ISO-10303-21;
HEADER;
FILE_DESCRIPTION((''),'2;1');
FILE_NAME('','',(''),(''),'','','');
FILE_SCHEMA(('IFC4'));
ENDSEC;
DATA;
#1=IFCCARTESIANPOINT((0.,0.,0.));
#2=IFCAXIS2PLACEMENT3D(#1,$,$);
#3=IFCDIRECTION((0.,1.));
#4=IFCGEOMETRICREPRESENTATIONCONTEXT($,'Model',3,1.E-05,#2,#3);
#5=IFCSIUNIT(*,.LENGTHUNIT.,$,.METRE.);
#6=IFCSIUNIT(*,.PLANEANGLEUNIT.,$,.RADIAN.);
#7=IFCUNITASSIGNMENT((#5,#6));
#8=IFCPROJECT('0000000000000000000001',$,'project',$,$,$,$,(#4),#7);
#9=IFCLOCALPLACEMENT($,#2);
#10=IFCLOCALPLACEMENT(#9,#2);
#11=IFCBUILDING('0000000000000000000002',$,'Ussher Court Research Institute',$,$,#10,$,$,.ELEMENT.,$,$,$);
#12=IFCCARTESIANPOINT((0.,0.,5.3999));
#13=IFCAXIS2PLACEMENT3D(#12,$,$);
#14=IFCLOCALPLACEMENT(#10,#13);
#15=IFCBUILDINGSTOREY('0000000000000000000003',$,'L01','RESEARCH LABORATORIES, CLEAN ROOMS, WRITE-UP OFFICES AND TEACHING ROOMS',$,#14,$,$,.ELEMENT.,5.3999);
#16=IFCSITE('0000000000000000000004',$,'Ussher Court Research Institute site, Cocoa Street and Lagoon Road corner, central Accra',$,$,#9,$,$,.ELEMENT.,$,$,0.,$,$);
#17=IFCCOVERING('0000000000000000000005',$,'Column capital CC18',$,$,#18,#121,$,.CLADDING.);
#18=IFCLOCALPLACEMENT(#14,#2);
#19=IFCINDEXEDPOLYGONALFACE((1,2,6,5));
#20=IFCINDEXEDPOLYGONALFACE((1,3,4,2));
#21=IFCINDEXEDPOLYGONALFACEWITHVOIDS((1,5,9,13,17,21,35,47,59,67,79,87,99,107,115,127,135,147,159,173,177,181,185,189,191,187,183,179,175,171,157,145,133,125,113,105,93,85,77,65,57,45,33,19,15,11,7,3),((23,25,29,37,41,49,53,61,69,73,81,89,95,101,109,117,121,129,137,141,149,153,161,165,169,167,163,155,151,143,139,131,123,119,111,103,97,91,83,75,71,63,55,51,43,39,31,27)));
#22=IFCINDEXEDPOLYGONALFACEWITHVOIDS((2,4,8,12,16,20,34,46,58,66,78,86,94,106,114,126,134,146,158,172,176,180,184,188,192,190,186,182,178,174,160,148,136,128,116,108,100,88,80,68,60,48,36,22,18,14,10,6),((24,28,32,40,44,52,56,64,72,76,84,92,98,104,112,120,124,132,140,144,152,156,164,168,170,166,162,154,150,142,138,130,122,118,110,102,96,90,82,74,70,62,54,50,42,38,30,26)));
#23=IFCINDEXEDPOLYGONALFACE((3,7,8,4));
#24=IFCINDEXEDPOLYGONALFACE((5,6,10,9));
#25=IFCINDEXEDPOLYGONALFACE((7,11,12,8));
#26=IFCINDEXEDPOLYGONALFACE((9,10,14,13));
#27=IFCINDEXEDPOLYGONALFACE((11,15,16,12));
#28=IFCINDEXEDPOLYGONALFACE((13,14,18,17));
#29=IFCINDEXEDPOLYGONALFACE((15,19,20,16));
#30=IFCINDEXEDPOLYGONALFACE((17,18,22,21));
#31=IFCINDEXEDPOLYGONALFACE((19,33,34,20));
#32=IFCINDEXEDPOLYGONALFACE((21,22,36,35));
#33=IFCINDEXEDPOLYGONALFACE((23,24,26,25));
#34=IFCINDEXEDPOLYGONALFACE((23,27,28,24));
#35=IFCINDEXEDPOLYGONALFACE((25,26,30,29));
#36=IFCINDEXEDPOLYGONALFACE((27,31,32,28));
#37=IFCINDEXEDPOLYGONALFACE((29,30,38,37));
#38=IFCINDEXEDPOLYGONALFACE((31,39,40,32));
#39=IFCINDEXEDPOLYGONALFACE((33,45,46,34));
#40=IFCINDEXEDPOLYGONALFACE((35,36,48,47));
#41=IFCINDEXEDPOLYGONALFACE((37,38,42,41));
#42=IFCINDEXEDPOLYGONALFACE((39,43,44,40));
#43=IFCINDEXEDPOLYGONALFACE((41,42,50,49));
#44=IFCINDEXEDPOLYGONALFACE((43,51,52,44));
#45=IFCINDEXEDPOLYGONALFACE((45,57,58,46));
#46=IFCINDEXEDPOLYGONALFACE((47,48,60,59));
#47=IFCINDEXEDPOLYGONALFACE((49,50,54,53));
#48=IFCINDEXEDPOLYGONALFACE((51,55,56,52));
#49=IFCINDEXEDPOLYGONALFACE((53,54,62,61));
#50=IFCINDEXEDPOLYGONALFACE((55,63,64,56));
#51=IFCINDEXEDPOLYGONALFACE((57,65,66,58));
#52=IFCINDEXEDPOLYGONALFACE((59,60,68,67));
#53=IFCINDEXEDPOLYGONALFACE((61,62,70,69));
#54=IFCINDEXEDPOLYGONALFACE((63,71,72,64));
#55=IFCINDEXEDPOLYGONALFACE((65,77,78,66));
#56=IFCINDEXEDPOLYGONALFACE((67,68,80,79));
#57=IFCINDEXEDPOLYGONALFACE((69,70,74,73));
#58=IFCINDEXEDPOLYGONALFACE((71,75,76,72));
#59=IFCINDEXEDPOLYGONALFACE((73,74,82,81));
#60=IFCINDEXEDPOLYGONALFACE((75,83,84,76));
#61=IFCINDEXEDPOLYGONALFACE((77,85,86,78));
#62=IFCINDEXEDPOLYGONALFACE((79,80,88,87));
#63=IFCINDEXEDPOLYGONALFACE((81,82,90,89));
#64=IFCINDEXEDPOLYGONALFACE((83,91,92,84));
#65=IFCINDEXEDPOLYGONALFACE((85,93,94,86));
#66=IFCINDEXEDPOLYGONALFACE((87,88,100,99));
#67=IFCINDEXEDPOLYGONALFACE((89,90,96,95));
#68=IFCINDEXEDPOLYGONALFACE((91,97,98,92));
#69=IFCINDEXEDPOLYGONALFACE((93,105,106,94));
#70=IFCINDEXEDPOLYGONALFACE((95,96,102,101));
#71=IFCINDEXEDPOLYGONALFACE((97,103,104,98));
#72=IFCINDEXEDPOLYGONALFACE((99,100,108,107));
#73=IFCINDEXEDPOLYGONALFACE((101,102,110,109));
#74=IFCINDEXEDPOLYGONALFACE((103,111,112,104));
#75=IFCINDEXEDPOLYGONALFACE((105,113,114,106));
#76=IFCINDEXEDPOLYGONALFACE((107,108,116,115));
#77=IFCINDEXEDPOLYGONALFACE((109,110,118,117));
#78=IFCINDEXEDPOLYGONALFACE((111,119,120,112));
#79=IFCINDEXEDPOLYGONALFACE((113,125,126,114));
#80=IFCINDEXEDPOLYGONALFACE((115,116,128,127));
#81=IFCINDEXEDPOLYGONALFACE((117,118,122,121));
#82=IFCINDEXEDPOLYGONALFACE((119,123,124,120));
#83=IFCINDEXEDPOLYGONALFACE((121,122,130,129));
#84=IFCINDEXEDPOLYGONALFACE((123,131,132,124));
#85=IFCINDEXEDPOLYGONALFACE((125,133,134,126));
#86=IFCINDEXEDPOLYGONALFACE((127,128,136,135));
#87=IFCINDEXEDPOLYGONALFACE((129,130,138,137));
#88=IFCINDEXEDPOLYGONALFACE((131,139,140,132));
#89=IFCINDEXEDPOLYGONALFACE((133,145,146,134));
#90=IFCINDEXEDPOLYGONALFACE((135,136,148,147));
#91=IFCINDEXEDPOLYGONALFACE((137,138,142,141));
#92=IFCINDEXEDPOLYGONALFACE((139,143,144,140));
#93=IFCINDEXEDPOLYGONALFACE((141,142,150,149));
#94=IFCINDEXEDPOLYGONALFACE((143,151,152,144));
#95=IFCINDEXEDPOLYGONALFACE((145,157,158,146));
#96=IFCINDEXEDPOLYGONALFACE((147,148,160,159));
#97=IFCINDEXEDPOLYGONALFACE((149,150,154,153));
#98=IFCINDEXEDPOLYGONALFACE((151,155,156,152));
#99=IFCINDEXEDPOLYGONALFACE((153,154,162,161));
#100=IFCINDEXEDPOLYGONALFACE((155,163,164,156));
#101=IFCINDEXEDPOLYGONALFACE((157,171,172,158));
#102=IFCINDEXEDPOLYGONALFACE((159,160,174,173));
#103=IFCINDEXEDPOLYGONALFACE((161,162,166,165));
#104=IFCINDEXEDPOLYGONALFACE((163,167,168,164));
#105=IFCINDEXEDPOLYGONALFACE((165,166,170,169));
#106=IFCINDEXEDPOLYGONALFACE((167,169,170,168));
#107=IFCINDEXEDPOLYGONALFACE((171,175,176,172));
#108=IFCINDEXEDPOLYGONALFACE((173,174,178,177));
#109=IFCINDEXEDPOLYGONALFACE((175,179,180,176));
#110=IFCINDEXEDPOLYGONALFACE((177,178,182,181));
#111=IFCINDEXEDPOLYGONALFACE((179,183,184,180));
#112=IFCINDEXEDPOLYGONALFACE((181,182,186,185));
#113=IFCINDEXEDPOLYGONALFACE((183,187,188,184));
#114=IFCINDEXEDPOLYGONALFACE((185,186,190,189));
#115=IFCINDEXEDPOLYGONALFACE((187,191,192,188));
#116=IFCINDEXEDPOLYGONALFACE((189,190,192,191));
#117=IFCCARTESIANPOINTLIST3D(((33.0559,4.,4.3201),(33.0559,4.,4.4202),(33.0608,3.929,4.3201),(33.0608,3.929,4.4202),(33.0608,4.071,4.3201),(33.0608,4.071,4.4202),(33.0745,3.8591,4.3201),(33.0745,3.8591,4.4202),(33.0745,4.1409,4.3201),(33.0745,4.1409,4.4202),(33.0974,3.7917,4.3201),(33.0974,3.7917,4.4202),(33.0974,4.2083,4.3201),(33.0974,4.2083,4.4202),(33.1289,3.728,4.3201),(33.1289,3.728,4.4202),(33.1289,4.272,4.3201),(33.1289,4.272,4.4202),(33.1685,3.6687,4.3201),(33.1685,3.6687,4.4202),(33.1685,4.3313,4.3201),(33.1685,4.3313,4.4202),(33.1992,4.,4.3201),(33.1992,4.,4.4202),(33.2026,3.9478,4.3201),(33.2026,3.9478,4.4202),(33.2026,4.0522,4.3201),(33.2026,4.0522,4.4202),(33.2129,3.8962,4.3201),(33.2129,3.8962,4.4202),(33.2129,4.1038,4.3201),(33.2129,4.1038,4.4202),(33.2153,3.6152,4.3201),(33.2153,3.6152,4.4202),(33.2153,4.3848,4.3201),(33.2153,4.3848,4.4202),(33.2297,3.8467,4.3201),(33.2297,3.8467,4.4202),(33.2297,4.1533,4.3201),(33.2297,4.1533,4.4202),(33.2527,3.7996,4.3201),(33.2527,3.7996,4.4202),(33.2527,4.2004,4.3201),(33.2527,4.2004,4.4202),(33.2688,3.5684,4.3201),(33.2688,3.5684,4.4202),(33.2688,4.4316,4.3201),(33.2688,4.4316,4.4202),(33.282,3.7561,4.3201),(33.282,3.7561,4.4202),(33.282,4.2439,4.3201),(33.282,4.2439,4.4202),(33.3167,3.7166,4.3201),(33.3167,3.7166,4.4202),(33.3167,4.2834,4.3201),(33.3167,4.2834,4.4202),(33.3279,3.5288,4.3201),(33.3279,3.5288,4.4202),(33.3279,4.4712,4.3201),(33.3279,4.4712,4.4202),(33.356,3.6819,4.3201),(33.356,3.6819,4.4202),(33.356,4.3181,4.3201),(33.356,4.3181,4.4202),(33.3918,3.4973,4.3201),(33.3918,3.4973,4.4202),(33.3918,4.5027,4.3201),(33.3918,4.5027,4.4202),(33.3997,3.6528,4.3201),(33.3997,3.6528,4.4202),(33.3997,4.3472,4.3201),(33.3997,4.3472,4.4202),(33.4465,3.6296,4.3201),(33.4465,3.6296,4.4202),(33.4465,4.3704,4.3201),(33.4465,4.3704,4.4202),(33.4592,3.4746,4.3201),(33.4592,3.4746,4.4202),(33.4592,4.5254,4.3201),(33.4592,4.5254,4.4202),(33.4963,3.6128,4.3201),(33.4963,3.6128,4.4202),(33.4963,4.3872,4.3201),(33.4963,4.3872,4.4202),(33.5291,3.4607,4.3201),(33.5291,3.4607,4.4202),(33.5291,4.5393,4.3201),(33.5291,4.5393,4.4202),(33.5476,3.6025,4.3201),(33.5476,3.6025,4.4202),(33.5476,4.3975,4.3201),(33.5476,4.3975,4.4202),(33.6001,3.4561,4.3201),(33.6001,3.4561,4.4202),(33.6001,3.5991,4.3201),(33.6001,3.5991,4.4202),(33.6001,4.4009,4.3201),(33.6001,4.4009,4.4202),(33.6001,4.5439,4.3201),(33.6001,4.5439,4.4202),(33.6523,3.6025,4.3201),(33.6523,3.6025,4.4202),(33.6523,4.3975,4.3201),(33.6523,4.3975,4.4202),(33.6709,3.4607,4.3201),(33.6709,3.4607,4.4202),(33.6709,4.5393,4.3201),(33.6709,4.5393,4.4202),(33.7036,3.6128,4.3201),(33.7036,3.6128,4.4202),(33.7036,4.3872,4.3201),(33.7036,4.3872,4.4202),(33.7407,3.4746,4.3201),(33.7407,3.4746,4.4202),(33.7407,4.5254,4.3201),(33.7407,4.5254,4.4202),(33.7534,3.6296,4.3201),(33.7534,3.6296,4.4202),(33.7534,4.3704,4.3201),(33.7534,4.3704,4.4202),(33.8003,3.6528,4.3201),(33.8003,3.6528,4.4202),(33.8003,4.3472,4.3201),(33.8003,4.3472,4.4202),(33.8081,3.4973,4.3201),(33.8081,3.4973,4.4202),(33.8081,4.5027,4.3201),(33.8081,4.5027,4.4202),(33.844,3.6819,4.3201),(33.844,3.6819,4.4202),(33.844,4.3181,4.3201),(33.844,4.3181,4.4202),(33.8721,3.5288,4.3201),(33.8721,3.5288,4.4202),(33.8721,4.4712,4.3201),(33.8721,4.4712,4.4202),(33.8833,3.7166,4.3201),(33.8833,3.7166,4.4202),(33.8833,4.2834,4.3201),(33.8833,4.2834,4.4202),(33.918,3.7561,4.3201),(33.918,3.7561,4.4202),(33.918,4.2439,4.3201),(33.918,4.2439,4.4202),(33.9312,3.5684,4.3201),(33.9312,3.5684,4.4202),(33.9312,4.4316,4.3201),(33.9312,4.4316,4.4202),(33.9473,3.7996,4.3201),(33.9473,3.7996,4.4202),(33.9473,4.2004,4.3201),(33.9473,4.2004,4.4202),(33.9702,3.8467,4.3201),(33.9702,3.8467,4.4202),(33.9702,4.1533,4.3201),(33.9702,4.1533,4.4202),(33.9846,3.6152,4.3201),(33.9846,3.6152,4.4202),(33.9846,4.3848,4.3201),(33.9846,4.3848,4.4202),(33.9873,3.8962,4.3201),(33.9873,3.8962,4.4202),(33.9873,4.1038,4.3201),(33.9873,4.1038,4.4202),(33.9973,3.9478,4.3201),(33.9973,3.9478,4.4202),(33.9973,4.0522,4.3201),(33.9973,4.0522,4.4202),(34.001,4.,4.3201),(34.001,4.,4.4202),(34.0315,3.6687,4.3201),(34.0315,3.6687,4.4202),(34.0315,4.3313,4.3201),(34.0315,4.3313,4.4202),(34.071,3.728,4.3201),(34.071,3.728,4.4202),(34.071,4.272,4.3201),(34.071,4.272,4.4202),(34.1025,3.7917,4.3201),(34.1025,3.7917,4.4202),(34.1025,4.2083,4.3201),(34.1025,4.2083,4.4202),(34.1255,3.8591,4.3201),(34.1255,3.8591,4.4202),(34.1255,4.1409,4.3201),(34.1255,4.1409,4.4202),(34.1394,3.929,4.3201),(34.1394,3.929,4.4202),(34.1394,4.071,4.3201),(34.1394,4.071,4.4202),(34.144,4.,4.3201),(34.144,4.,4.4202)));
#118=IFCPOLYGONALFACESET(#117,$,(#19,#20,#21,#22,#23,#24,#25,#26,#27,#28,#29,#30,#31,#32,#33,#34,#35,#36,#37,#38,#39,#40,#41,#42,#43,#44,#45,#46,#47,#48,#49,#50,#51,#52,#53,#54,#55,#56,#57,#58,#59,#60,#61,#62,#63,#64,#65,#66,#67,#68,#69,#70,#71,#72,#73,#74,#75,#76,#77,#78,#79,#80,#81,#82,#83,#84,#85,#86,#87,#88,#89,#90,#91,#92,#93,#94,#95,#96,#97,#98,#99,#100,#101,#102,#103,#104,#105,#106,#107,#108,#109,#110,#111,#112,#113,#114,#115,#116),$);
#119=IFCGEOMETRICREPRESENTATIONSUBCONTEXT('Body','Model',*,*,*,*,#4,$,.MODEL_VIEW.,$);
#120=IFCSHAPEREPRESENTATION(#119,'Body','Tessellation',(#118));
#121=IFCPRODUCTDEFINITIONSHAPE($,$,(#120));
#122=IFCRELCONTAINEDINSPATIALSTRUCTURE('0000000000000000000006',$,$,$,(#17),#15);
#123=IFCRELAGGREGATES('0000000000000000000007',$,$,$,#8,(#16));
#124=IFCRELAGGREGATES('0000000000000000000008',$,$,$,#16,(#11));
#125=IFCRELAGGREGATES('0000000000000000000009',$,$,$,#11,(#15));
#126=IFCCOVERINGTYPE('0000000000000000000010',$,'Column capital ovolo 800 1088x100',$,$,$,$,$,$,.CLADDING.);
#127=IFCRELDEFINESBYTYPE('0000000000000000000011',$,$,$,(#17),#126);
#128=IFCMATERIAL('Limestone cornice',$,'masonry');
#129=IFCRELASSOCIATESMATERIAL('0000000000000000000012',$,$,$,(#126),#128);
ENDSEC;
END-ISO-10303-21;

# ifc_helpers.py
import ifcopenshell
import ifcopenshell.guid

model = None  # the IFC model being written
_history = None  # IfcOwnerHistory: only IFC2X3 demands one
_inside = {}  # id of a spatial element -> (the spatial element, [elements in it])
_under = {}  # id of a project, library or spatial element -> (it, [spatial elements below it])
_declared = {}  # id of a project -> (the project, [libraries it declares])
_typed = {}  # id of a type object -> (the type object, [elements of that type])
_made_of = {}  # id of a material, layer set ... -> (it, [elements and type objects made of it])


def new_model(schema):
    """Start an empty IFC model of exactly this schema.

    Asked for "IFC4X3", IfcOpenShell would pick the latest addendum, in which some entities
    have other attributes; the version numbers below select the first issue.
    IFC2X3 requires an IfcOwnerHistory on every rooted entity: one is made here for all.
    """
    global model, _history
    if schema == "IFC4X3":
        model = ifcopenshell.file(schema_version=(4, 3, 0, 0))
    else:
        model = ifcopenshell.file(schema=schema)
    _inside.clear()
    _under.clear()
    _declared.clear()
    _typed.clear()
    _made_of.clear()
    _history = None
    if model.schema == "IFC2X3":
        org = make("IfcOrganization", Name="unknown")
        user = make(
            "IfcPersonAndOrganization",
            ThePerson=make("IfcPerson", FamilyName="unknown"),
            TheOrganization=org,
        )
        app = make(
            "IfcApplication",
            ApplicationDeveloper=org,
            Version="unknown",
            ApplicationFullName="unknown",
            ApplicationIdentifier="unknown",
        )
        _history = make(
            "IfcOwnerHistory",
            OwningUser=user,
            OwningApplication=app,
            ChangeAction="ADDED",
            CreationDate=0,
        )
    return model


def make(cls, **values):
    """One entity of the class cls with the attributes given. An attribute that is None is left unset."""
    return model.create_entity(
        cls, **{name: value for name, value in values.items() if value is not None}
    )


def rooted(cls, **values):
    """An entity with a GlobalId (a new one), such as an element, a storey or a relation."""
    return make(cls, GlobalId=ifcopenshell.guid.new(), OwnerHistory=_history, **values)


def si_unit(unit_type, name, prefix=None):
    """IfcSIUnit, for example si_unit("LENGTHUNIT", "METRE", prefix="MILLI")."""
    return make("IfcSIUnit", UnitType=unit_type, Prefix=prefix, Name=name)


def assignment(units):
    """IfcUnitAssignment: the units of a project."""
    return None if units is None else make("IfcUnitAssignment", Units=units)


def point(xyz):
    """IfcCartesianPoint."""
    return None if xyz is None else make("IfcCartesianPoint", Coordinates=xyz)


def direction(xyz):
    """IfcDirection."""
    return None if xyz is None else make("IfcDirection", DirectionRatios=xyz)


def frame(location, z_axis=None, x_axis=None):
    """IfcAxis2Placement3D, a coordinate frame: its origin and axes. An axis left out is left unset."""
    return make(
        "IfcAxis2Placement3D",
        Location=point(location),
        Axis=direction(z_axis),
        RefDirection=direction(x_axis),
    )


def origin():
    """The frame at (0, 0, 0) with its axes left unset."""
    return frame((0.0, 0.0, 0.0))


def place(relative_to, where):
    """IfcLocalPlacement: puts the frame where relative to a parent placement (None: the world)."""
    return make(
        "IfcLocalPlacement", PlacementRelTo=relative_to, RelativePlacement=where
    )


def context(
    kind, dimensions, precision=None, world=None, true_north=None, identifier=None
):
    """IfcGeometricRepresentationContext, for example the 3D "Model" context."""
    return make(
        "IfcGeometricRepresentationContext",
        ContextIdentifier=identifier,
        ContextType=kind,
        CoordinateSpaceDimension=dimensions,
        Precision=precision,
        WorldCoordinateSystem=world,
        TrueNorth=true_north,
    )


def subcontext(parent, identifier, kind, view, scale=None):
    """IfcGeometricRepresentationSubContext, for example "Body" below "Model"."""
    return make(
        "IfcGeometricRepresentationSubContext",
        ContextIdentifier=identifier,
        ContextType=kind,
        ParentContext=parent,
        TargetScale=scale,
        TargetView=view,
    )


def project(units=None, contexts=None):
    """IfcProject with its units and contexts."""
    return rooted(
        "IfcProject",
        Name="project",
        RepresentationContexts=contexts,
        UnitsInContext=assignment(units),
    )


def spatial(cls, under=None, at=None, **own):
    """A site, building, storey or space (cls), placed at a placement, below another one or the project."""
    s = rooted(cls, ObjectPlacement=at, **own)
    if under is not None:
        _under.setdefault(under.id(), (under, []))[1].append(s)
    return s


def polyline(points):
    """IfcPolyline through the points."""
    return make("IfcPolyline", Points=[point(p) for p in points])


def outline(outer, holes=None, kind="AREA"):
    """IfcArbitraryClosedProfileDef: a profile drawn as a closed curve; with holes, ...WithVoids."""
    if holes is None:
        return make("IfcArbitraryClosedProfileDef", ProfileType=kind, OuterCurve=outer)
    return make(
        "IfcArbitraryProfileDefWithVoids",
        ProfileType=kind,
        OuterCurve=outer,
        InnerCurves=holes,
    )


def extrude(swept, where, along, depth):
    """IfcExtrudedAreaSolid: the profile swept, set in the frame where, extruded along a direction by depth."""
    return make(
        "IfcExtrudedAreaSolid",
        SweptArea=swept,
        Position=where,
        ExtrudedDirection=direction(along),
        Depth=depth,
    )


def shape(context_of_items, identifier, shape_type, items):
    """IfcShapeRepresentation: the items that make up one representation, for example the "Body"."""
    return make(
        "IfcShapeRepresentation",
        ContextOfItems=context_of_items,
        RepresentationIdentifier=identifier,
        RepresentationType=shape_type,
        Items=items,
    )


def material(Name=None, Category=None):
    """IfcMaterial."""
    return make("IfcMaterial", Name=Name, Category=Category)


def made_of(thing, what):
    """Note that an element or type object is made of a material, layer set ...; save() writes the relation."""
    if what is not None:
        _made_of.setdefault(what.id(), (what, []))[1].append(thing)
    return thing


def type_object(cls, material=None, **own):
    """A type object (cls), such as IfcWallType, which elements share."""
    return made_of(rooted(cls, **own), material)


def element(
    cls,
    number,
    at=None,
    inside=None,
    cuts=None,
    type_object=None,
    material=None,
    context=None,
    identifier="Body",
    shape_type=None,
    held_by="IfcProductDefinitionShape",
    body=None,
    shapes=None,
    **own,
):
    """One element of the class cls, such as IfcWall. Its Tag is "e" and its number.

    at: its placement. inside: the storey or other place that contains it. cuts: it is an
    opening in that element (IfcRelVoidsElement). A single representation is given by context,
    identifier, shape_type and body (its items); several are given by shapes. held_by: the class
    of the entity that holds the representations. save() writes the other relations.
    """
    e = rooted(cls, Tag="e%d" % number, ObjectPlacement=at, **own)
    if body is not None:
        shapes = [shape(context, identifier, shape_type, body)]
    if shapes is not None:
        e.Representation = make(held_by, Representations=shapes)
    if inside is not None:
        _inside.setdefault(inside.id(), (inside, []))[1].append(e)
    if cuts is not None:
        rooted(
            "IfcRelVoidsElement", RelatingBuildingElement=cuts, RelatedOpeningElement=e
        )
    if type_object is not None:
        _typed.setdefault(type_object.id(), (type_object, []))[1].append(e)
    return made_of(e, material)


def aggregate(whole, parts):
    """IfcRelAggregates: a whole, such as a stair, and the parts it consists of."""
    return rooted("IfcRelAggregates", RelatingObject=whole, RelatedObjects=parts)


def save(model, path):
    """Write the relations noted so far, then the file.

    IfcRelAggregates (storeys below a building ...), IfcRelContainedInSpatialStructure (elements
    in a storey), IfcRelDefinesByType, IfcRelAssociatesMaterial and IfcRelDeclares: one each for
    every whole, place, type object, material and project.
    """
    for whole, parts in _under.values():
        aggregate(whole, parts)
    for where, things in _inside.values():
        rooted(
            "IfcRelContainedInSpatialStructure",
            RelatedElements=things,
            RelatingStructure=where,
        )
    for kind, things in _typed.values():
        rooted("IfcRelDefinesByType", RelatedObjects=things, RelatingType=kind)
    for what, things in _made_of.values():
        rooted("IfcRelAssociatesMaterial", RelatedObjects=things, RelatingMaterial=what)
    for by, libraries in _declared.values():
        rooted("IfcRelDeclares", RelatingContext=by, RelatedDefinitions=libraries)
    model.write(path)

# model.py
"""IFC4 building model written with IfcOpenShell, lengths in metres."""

from ifc_helpers import new_model, si_unit, direction, frame, origin, place, context, subcontext, project, spatial, polyline, outline, extrude, material, type_object, element, save


model = new_model("IFC4")

# Units and contexts
model_context = context("Model", 3, precision=1e-05, world=origin(), true_north=direction((0.0, 1.0)))
body_context = subcontext(model_context, "Body", "Model", "MODEL_VIEW")
ifc_project = project(units=[si_unit("LENGTHUNIT", "METRE"), si_unit("PLANEANGLEUNIT", "RADIAN")], contexts=[model_context])

# Site, building, storey
site_placement = place(None, origin())
site = spatial("IfcSite", under=ifc_project, at=site_placement, Name="Ussher Court Research Institute site, Cocoa Street and Lagoon Road corner, central Accra", CompositionType="ELEMENT", RefElevation=0.0)
building_placement = place(site_placement, origin())
building = spatial("IfcBuilding", under=site, at=building_placement, Name="Ussher Court Research Institute", CompositionType="ELEMENT")
storey_placement = place(building_placement, frame((0.0, 0.0, 5.3999)))
storey = spatial("IfcBuildingStorey", under=building, at=storey_placement, Name="L01", Description="RESEARCH LABORATORIES, CLEAN ROOMS, WRITE-UP OFFICES AND TEACHING ROOMS", CompositionType="ELEMENT", Elevation=5.3999)

# Covering
ifc_material_1 = material(Name="Limestone cornice", Category="masonry")
covering_type_1 = type_object("IfcCoveringType", Name="Column capital ovolo 800 1088x100", PredefinedType="CLADDING", material=ifc_material_1)
covering_1_placement = place(storey_placement, frame((0.0, 0.0, 4.3201)))
element("IfcCovering", 1, at=covering_1_placement, inside=storey, type_object=covering_type_1, Name="Column capital CC18", PredefinedType="CLADDING", context=body_context, shape_type="SweptSolid", body=[
    extrude(outline(polyline([(34.144, 4.0), (34.1394, 4.071), (34.1255, 4.1409), (34.1025, 4.2083), (34.071, 4.272), (34.0315, 4.3313), (33.9846, 4.3848), (33.9312, 4.4316), (33.8721, 4.4712), (33.8081, 4.5027), (33.7407, 4.5254), (33.6709, 4.5393), (33.6001, 4.5439), (33.5291, 4.5393), (33.4592, 4.5254), (33.3918, 4.5027), (33.3279, 4.4712), (33.2688, 4.4316), (33.2153, 4.3848), (33.1685, 4.3313), (33.1289, 4.272), (33.0974, 4.2083), (33.0745, 4.1409), (33.0608, 4.071), (33.0559, 4.0), (33.0608, 3.929), (33.0745, 3.8591), (33.0974, 3.7917), (33.1289, 3.728), (33.1685, 3.6687), (33.2153, 3.6152), (33.2688, 3.5684), (33.3279, 3.5288), (33.3918, 3.4973), (33.4592, 3.4746), (33.5291, 3.4607), (33.6001, 3.4561), (33.6709, 3.4607), (33.7407, 3.4746), (33.8081, 3.4973), (33.8721, 3.5288), (33.9312, 3.5684), (33.9846, 3.6152), (34.0315, 3.6687), (34.071, 3.728), (34.1025, 3.7917), (34.1255, 3.8591), (34.1394, 3.929), (34.144, 4.0)]), holes=[polyline([(34.001, 4.0), (33.9973, 4.0522), (33.9873, 4.1038), (33.9702, 4.1533), (33.9473, 4.2004), (33.918, 4.2439), (33.8833, 4.2834), (33.844, 4.3181), (33.8003, 4.3472), (33.7534, 4.3704), (33.7036, 4.3872), (33.6523, 4.3975), (33.6001, 4.4009), (33.5476, 4.3975), (33.4963, 4.3872), (33.4465, 4.3704), (33.3997, 4.3472), (33.356, 4.3181), (33.3167, 4.2834), (33.282, 4.2439), (33.2527, 4.2004), (33.2297, 4.1533), (33.2129, 4.1038), (33.2026, 4.0522), (33.1992, 4.0), (33.2026, 3.9478), (33.2129, 3.8962), (33.2297, 3.8467), (33.2527, 3.7996), (33.282, 3.7561), (33.3167, 3.7166), (33.356, 3.6819), (33.3997, 3.6528), (33.4465, 3.6296), (33.4963, 3.6128), (33.5476, 3.6025), (33.6001, 3.5991), (33.6523, 3.6025), (33.7036, 3.6128), (33.7534, 3.6296), (33.8003, 3.6528), (33.844, 3.6819), (33.8833, 3.7166), (33.918, 3.7561), (33.9473, 3.7996), (33.9702, 3.8467), (33.9873, 3.8962), (33.9973, 3.9478), (34.001, 4.0)])]), origin(), (0.0, 0.0, 1.0), 0.1001),
])

save(model, "model.ifc")
